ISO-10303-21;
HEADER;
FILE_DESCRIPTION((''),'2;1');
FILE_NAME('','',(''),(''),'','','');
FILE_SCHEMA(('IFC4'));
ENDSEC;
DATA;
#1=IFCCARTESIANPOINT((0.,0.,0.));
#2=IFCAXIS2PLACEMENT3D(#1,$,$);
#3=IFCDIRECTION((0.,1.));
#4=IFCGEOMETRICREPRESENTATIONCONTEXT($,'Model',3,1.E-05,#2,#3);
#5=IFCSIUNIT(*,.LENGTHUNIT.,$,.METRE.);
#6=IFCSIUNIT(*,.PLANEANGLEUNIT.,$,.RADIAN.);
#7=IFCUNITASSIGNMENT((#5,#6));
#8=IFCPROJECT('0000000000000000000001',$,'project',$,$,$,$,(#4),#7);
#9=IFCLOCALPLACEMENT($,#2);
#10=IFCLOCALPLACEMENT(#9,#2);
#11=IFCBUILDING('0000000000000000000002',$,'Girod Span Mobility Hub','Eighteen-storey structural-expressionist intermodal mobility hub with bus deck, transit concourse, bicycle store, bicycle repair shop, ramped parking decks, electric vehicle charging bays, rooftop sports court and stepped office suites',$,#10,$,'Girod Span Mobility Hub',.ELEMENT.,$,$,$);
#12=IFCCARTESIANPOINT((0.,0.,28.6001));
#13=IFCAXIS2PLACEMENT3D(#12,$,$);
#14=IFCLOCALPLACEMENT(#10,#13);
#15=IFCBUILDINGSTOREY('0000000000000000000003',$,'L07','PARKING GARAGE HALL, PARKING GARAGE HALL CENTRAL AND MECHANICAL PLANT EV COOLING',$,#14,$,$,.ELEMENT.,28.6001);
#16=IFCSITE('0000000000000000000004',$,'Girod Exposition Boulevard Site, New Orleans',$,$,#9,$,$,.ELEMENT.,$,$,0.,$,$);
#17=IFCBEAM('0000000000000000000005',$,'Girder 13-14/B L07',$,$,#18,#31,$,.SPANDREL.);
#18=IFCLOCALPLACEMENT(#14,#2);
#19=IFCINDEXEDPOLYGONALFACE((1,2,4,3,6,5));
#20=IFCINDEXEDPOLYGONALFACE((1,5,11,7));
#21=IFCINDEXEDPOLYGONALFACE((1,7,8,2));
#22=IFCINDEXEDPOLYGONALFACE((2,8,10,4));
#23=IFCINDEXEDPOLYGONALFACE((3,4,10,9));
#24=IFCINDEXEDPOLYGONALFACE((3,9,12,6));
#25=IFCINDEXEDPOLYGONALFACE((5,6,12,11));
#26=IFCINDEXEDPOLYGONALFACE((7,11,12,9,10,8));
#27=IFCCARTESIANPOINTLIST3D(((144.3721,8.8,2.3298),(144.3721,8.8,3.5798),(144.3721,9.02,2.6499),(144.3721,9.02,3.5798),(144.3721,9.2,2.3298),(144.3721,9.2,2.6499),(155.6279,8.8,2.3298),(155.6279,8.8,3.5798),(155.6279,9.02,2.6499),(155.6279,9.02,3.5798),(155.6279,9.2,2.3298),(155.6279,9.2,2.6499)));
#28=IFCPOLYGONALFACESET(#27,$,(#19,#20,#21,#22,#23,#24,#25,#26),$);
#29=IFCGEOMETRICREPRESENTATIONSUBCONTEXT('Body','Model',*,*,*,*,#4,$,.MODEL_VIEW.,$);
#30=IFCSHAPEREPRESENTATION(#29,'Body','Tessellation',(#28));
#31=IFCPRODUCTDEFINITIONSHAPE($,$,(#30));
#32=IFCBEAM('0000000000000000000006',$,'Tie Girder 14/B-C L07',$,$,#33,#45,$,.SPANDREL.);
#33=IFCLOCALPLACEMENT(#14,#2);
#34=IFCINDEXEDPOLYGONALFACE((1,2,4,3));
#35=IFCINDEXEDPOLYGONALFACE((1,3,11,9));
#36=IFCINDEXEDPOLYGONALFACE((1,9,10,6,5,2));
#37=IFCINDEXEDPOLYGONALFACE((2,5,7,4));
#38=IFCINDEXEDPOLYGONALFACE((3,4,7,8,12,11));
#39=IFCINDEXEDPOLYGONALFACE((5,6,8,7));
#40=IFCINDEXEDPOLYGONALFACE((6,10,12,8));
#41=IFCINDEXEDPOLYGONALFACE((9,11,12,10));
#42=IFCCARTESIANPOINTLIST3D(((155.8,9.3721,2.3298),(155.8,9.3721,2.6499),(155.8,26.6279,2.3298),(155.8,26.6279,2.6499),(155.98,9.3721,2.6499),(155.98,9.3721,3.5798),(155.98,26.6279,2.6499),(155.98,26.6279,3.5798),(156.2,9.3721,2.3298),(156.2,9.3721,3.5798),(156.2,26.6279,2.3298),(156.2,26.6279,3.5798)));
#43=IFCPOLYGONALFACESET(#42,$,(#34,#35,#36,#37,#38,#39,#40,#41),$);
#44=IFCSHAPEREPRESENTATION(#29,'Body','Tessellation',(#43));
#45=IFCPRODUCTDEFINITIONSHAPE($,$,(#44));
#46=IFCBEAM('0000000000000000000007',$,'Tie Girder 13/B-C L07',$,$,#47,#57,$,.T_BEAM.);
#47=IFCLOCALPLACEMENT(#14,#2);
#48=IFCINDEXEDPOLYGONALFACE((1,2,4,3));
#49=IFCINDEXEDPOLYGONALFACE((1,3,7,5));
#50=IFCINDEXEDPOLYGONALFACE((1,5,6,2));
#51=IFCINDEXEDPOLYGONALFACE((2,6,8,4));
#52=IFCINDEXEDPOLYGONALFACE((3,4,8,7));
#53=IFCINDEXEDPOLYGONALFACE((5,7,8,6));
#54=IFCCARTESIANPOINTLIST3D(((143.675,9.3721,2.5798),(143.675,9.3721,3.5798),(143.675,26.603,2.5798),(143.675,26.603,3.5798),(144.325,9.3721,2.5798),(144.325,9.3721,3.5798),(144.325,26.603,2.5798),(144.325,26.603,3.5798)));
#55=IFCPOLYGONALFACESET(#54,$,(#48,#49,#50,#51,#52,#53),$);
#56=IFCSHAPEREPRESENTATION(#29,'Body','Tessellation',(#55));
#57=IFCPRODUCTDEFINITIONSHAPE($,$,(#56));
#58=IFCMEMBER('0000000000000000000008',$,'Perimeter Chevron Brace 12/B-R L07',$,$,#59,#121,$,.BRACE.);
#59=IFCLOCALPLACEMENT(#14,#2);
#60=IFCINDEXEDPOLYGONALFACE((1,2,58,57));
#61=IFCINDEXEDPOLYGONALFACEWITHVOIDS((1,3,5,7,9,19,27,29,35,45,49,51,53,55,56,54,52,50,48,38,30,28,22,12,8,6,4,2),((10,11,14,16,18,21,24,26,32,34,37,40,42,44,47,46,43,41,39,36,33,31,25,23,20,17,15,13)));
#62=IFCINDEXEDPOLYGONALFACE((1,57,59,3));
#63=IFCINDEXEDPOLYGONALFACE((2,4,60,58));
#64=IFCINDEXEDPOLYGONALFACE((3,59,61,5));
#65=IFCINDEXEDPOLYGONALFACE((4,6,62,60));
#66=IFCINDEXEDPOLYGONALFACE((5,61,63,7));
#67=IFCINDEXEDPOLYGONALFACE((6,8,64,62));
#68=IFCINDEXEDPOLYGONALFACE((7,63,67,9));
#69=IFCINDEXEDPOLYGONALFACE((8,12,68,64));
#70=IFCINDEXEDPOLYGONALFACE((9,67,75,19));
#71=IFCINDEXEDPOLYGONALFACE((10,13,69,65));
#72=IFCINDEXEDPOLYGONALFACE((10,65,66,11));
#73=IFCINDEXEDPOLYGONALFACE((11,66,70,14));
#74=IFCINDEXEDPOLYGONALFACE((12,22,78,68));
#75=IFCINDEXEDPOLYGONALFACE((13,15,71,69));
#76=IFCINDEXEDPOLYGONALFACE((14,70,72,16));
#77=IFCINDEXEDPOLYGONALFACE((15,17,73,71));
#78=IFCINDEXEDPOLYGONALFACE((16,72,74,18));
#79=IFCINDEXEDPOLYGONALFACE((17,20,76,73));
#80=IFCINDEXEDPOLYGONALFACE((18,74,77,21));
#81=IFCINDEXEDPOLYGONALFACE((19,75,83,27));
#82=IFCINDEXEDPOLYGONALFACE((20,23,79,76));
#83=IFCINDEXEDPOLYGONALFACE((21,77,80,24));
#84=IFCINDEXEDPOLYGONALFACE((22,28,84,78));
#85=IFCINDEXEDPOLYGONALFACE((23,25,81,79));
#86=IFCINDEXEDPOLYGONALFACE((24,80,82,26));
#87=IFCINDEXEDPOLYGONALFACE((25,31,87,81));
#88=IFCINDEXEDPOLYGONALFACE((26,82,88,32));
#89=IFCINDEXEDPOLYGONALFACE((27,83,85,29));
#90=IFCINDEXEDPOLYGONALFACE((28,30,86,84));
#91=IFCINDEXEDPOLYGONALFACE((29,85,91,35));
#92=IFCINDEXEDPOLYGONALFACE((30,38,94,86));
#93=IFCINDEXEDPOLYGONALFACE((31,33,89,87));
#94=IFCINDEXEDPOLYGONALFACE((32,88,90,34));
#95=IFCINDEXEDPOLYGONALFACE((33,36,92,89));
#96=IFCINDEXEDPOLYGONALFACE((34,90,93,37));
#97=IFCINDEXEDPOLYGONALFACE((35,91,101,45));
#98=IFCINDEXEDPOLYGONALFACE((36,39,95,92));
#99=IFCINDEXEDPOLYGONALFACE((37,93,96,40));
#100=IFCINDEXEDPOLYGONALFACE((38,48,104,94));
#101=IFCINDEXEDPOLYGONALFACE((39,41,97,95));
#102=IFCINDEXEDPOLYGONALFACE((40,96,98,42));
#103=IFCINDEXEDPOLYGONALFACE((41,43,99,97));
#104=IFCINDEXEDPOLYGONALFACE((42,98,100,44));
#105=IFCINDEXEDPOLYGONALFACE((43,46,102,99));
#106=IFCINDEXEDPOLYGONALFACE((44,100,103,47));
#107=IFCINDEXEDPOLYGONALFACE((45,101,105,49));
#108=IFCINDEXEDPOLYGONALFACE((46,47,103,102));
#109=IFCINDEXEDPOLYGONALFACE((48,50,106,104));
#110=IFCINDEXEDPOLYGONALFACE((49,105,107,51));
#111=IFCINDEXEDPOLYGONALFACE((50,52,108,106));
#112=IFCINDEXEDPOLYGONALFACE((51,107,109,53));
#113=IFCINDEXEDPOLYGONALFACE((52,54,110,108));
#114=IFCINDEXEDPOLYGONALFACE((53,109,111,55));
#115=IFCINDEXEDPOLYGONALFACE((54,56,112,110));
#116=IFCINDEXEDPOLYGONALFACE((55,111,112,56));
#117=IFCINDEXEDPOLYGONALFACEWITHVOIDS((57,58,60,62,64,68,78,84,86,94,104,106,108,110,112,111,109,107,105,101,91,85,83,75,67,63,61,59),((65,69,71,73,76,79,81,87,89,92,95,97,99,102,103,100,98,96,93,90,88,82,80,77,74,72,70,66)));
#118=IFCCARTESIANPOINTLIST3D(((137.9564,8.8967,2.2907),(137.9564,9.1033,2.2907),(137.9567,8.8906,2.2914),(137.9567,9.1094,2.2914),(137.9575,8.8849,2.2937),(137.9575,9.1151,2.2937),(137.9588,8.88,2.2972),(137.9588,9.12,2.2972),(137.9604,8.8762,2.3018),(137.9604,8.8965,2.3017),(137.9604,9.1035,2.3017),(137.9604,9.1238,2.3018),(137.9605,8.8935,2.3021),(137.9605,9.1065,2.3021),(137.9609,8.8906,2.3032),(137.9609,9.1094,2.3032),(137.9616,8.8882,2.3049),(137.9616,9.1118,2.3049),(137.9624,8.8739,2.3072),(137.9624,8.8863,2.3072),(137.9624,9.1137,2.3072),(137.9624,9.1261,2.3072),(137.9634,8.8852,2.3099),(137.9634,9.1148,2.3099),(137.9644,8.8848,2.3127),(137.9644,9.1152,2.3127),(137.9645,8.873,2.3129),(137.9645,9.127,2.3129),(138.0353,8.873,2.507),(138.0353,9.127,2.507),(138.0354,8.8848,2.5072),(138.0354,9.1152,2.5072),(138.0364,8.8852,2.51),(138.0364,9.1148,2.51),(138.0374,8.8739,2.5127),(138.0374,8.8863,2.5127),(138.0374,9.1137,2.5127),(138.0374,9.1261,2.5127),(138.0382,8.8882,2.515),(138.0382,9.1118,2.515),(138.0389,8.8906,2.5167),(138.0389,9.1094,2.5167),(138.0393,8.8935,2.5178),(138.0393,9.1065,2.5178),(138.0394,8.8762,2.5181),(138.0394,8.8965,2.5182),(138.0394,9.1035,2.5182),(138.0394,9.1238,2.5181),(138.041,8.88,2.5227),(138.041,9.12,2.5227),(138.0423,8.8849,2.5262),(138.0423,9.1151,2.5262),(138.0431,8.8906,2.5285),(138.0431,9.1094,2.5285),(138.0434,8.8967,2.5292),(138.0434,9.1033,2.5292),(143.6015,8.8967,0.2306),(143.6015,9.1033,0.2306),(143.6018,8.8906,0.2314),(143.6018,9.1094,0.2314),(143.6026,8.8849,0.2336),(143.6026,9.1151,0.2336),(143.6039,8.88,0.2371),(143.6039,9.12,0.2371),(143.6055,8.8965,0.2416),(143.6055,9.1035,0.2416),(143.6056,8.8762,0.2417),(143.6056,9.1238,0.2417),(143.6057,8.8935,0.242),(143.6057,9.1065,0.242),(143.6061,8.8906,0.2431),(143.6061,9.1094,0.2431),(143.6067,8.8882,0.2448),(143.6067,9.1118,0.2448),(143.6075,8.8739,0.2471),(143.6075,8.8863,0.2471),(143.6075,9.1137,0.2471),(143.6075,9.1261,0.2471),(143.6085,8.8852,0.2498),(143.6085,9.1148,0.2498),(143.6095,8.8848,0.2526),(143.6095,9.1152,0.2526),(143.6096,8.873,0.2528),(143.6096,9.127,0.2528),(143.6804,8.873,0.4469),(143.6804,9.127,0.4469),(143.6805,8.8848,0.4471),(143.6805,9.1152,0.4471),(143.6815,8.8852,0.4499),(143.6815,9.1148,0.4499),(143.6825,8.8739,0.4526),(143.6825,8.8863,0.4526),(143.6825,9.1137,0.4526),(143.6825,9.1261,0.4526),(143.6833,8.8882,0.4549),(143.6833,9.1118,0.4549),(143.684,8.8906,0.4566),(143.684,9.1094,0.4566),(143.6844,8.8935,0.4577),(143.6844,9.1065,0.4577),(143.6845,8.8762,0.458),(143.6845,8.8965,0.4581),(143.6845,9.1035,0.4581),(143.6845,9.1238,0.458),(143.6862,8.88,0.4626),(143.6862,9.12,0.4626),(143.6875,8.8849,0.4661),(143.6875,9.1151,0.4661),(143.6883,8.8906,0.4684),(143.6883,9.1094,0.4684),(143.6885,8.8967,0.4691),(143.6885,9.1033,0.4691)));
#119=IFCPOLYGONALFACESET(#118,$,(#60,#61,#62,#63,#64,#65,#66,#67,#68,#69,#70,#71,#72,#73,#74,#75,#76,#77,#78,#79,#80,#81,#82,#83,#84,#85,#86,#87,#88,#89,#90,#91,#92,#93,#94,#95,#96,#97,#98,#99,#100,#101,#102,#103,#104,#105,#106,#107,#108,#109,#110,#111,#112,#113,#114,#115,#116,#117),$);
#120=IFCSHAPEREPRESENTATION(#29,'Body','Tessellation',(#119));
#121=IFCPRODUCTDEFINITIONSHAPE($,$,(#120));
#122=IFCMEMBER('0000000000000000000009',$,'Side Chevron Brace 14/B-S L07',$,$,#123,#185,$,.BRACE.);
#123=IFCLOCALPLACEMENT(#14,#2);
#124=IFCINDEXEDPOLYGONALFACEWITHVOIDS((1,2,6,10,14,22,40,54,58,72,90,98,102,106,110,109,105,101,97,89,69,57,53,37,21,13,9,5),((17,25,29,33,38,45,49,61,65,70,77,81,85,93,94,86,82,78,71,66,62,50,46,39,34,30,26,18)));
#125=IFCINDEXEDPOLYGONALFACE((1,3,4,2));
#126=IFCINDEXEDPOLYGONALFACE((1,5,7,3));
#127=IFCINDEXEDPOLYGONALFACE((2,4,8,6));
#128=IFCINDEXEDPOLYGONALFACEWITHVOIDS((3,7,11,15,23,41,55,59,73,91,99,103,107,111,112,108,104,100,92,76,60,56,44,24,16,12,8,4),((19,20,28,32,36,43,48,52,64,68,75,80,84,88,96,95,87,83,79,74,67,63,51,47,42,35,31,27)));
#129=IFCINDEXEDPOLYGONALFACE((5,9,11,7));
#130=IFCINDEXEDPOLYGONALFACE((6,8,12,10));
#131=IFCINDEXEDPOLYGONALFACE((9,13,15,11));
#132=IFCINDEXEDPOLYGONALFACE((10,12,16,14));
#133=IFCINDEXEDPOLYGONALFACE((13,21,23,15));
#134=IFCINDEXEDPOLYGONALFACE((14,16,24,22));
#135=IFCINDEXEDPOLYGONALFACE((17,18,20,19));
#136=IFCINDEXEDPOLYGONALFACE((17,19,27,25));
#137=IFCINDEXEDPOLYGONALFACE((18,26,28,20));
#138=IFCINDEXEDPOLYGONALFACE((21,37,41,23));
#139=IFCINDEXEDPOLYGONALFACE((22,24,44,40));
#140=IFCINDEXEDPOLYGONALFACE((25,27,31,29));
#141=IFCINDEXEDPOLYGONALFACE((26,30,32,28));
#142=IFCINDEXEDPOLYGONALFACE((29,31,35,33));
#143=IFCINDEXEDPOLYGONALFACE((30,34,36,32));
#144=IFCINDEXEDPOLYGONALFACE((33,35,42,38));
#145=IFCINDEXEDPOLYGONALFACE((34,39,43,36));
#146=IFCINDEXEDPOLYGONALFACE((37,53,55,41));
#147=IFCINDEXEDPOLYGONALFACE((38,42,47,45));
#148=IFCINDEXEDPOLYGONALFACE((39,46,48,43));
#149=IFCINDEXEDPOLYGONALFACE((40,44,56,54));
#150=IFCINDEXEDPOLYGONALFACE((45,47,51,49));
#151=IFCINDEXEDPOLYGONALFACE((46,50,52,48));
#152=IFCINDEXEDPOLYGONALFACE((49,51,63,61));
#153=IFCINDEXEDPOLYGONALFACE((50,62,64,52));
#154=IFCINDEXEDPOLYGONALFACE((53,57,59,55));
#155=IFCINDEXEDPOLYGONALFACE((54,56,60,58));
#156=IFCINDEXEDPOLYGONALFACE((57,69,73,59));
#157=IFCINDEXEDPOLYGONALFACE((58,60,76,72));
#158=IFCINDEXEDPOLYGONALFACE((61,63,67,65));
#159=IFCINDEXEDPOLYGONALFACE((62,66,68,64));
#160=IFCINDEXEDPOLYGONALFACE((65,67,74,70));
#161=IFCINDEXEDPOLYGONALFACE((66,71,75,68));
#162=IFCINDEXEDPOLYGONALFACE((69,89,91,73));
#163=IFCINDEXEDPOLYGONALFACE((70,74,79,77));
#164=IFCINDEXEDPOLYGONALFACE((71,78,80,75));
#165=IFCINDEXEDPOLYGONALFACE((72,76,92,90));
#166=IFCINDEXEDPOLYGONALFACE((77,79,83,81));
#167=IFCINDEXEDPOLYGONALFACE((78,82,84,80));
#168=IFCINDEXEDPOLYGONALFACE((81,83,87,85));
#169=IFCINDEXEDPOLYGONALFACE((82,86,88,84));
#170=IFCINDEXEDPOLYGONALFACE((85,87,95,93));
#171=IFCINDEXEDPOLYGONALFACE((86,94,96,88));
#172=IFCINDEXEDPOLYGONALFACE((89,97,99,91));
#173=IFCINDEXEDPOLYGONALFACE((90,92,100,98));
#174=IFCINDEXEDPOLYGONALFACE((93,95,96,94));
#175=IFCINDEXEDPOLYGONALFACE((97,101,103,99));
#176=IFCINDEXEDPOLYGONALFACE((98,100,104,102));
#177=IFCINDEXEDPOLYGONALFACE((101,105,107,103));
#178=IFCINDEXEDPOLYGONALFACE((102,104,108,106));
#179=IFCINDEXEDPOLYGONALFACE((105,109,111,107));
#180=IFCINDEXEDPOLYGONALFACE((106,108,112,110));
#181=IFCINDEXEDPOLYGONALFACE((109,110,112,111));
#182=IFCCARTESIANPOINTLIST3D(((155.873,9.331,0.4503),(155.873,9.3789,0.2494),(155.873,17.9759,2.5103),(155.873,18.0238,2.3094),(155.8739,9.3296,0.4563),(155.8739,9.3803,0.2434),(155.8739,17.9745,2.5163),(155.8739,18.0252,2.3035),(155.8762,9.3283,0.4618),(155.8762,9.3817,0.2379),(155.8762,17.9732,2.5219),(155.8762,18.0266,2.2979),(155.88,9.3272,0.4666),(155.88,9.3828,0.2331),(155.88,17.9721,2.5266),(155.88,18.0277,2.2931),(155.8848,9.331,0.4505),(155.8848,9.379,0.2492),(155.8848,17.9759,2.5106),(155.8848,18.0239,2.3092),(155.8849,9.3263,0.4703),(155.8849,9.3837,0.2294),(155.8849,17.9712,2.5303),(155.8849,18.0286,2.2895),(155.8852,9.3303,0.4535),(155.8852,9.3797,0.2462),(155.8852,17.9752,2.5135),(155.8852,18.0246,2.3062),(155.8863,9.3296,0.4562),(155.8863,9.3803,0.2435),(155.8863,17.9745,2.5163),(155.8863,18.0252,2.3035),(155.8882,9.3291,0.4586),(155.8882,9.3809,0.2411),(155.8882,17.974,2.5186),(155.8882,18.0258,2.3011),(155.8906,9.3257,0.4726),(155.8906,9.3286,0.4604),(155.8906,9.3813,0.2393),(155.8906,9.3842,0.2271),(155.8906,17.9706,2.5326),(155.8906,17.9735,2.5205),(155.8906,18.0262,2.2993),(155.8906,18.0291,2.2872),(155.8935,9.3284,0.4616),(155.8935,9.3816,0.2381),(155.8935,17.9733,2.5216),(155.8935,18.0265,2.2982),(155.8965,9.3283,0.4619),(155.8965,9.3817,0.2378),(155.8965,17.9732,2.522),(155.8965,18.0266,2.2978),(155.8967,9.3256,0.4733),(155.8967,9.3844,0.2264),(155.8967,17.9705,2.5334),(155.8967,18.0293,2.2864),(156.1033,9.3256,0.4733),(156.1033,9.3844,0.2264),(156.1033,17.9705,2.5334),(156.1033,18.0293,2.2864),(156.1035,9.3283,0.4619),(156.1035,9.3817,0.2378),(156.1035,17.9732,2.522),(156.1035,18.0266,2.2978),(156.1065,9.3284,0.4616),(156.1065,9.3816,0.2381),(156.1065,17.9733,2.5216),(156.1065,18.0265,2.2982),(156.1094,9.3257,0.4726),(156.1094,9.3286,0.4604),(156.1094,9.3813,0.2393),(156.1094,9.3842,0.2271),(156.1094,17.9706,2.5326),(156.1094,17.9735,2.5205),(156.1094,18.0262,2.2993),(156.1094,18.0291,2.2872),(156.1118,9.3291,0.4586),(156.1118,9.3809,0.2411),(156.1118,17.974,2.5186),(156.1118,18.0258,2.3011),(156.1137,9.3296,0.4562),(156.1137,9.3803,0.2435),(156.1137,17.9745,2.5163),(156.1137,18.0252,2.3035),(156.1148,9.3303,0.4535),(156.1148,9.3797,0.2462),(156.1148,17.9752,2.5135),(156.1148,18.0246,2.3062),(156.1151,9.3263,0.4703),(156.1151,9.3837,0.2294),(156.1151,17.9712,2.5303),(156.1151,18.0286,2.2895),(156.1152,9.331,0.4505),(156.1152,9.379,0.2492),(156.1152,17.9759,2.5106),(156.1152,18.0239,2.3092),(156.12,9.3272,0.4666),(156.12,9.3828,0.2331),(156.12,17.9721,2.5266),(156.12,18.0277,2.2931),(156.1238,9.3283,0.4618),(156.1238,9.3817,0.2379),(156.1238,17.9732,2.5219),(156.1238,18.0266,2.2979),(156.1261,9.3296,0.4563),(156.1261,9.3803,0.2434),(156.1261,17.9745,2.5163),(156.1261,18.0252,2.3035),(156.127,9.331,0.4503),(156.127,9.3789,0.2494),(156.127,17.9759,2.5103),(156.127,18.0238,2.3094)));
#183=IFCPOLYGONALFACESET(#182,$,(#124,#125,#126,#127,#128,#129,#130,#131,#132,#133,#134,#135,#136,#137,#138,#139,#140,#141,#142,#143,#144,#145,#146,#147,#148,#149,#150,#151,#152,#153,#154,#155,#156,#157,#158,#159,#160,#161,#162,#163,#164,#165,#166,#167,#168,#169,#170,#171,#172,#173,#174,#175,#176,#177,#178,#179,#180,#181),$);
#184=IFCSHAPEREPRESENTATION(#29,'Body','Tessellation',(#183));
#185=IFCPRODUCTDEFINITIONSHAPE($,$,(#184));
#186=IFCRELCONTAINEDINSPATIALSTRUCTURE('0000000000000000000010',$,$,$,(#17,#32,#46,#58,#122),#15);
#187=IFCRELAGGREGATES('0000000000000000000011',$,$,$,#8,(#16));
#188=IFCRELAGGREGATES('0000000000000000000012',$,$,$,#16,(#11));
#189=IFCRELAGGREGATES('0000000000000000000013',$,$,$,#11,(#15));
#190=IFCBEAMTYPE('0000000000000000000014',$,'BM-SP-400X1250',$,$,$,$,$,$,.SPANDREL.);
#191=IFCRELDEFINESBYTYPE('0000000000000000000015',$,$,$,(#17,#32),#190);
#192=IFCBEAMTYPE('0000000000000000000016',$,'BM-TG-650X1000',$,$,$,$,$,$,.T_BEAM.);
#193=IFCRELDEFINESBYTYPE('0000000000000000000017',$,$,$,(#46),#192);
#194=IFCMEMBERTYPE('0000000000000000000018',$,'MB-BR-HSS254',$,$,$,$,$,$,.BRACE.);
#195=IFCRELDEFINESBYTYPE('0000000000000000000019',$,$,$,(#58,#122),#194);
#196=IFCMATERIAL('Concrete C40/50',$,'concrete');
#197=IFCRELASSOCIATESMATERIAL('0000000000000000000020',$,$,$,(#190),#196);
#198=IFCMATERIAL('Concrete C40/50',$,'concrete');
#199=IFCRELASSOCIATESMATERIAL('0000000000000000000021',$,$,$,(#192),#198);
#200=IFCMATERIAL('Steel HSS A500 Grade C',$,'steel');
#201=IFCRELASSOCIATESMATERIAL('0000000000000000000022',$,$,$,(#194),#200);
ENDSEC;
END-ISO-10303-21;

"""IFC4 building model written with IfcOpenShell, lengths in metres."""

from ifc_helpers import new_model, si_unit, direction, frame, origin, origin_2d, place, context, subcontext, project, spatial, polyline, rectangle, hollow_rectangle, outline, extrude, material, material_profile, profile_set, type_object, element, save


model = new_model("IFC4")

# Units and contexts
model_context = context("Model", 3, precision=1e-05, world=origin(), true_north=direction((0.0, 1.0)))
body_context = subcontext(model_context, "Body", "Model", "MODEL_VIEW")
ifc_project = project(units=[si_unit("LENGTHUNIT", "METRE"), si_unit("PLANEANGLEUNIT", "RADIAN")], contexts=[model_context])

# Site, building, storey
site_placement = place(None, origin())
site = spatial("IfcSite", under=ifc_project, at=site_placement, Name="Girod Exposition Boulevard Site, New Orleans", CompositionType="ELEMENT", RefElevation=0.0)
building_placement = place(site_placement, origin())
building = spatial("IfcBuilding", under=site, at=building_placement, Name="Girod Span Mobility Hub", Description="Eighteen-storey structural-expressionist intermodal mobility hub with bus deck, transit concourse, bicycle store, bicycle repair shop, ramped parking decks, electric vehicle charging bays, rooftop sports court and stepped office suites", LongName="Girod Span Mobility Hub", CompositionType="ELEMENT")
storey_placement = place(building_placement, frame((0.0, 0.0, 28.6001)))
storey = spatial("IfcBuildingStorey", under=building, at=storey_placement, Name="L07", Description="PARKING GARAGE HALL, PARKING GARAGE HALL CENTRAL AND MECHANICAL PLANT EV COOLING", CompositionType="ELEMENT", Elevation=28.6001)

# Beams
ifc_material_1 = material(Name="Concrete C40/50", Category="concrete")
ifc_material_profile_1 = material_profile(ifc_material_1, outline(polyline([(-0.2, -0.625), (0.2, -0.625), (0.2, -0.3049), (0.02, -0.3049), (0.02, 0.625), (-0.2, 0.625), (-0.2, -0.625)])), Name="SP-400X1250")
ifc_profile_set_1 = profile_set([ifc_material_profile_1], Name="Concrete C40/50")
beam_type_1 = type_object("IfcBeamType", Name="BM-SP-400X1250", PredefinedType="SPANDREL", material=ifc_profile_set_1)
beam_1_placement = place(storey_placement, frame((144.3721, 9.0, 2.9548), z_axis=(1.0, 0.0, 0.0), x_axis=(0.0, 1.0, 0.0)))
element("IfcBeam", 1, at=beam_1_placement, inside=storey, type_object=beam_type_1, Name="Girder 13-14/B L07", PredefinedType="SPANDREL", context=body_context, shape_type="SweptSolid", body=[
    extrude(outline(polyline([(-0.2, -0.625), (0.2, -0.625), (0.2, -0.3049), (0.02, -0.3049), (0.02, 0.625), (-0.2, 0.625), (-0.2, -0.625)])), origin(), (0.0, 0.0, 1.0), 11.2559),
])
beam_2_placement = place(storey_placement, frame((156.0, 9.3721, 2.9548), z_axis=(0.0, 1.0, 0.0), x_axis=(-1.0, 0.0, 0.0)))
element("IfcBeam", 2, at=beam_2_placement, inside=storey, type_object=beam_type_1, Name="Tie Girder 14/B-C L07", PredefinedType="SPANDREL", context=body_context, shape_type="SweptSolid", body=[
    extrude(outline(polyline([(-0.2, -0.625), (0.2, -0.625), (0.2, -0.3049), (0.02, -0.3049), (0.02, 0.625), (-0.2, 0.625), (-0.2, -0.625)])), origin(), (0.0, 0.0, 1.0), 17.2559),
])
ifc_material_2 = material(Name="Concrete C40/50", Category="concrete")
ifc_material_profile_2 = material_profile(ifc_material_2, rectangle(XDim=0.6499, YDim=1.0, at=origin_2d()), Name="TG-650X1000")
ifc_profile_set_2 = profile_set([ifc_material_profile_2], Name="Concrete C40/50")
beam_type_2 = type_object("IfcBeamType", Name="BM-TG-650X1000", PredefinedType="T_BEAM", material=ifc_profile_set_2)
beam_3_placement = place(storey_placement, frame((144.0, 9.3721, 3.0798), z_axis=(0.0, 1.0, 0.0), x_axis=(-1.0, 0.0, 0.0)))
element("IfcBeam", 3, at=beam_3_placement, inside=storey, type_object=beam_type_2, Name="Tie Girder 13/B-C L07", PredefinedType="T_BEAM", context=body_context, shape_type="SweptSolid", body=[
    extrude(rectangle(XDim=0.6499, YDim=1.0, at=origin_2d()), origin(), (0.0, 0.0, 1.0), 17.231),
])

# Members
ifc_material_3 = material(Name="Steel HSS A500 Grade C", Category="steel")
ifc_material_profile_3 = material_profile(ifc_material_3, hollow_rectangle(XDim=0.2539, YDim=0.2539, WallThickness=0.0117, InnerFilletRadius=0.0117, OuterFilletRadius=0.0237, at=origin_2d()), Name="HSS254X254X12.7")
ifc_profile_set_3 = profile_set([ifc_material_profile_3], Name="Steel HSS A500 Grade C")
member_type = type_object("IfcMemberType", Name="MB-BR-HSS254", PredefinedType="BRACE", material=ifc_profile_set_3)
member_placement = place(storey_placement, frame((143.645, 9.0, 0.3499), z_axis=(-0.939401, 0.0, 0.342819), x_axis=(0.0, -1.0, 0.0)))
element("IfcMember", 4, at=member_placement, inside=storey, type_object=member_type, Name="Perimeter Chevron Brace 12/B-R L07", PredefinedType="BRACE", context=body_context, shape_type="SweptSolid", body=[
    extrude(hollow_rectangle(XDim=0.2539, YDim=0.2539, WallThickness=0.0117, InnerFilletRadius=0.0117, OuterFilletRadius=0.0237, at=origin_2d()), origin(), (0.0, 0.0, 1.0), 6.0093),
])
for number, where, z_axis, x_axis, name in (
    (5, (156.0, 9.355, 0.3499), (0.0, 0.972763, 0.231804), (-1.0, 0.0, 0.0), "Side Chevron Brace 14/B-S L07"),
):
    element("IfcMember", number, at=place(storey_placement, frame(where, z_axis=z_axis, x_axis=x_axis)), inside=storey, type_object=member_type, Name=name, PredefinedType="BRACE", context=body_context, shape_type="SweptSolid", body=[
        extrude(hollow_rectangle(XDim=0.2539, YDim=0.2539, WallThickness=0.0117, InnerFilletRadius=0.0117, OuterFilletRadius=0.0237, at=origin_2d()), origin(), (0.0, 0.0, 1.0), 8.887),
    ])

save(model, "model.ifc")
